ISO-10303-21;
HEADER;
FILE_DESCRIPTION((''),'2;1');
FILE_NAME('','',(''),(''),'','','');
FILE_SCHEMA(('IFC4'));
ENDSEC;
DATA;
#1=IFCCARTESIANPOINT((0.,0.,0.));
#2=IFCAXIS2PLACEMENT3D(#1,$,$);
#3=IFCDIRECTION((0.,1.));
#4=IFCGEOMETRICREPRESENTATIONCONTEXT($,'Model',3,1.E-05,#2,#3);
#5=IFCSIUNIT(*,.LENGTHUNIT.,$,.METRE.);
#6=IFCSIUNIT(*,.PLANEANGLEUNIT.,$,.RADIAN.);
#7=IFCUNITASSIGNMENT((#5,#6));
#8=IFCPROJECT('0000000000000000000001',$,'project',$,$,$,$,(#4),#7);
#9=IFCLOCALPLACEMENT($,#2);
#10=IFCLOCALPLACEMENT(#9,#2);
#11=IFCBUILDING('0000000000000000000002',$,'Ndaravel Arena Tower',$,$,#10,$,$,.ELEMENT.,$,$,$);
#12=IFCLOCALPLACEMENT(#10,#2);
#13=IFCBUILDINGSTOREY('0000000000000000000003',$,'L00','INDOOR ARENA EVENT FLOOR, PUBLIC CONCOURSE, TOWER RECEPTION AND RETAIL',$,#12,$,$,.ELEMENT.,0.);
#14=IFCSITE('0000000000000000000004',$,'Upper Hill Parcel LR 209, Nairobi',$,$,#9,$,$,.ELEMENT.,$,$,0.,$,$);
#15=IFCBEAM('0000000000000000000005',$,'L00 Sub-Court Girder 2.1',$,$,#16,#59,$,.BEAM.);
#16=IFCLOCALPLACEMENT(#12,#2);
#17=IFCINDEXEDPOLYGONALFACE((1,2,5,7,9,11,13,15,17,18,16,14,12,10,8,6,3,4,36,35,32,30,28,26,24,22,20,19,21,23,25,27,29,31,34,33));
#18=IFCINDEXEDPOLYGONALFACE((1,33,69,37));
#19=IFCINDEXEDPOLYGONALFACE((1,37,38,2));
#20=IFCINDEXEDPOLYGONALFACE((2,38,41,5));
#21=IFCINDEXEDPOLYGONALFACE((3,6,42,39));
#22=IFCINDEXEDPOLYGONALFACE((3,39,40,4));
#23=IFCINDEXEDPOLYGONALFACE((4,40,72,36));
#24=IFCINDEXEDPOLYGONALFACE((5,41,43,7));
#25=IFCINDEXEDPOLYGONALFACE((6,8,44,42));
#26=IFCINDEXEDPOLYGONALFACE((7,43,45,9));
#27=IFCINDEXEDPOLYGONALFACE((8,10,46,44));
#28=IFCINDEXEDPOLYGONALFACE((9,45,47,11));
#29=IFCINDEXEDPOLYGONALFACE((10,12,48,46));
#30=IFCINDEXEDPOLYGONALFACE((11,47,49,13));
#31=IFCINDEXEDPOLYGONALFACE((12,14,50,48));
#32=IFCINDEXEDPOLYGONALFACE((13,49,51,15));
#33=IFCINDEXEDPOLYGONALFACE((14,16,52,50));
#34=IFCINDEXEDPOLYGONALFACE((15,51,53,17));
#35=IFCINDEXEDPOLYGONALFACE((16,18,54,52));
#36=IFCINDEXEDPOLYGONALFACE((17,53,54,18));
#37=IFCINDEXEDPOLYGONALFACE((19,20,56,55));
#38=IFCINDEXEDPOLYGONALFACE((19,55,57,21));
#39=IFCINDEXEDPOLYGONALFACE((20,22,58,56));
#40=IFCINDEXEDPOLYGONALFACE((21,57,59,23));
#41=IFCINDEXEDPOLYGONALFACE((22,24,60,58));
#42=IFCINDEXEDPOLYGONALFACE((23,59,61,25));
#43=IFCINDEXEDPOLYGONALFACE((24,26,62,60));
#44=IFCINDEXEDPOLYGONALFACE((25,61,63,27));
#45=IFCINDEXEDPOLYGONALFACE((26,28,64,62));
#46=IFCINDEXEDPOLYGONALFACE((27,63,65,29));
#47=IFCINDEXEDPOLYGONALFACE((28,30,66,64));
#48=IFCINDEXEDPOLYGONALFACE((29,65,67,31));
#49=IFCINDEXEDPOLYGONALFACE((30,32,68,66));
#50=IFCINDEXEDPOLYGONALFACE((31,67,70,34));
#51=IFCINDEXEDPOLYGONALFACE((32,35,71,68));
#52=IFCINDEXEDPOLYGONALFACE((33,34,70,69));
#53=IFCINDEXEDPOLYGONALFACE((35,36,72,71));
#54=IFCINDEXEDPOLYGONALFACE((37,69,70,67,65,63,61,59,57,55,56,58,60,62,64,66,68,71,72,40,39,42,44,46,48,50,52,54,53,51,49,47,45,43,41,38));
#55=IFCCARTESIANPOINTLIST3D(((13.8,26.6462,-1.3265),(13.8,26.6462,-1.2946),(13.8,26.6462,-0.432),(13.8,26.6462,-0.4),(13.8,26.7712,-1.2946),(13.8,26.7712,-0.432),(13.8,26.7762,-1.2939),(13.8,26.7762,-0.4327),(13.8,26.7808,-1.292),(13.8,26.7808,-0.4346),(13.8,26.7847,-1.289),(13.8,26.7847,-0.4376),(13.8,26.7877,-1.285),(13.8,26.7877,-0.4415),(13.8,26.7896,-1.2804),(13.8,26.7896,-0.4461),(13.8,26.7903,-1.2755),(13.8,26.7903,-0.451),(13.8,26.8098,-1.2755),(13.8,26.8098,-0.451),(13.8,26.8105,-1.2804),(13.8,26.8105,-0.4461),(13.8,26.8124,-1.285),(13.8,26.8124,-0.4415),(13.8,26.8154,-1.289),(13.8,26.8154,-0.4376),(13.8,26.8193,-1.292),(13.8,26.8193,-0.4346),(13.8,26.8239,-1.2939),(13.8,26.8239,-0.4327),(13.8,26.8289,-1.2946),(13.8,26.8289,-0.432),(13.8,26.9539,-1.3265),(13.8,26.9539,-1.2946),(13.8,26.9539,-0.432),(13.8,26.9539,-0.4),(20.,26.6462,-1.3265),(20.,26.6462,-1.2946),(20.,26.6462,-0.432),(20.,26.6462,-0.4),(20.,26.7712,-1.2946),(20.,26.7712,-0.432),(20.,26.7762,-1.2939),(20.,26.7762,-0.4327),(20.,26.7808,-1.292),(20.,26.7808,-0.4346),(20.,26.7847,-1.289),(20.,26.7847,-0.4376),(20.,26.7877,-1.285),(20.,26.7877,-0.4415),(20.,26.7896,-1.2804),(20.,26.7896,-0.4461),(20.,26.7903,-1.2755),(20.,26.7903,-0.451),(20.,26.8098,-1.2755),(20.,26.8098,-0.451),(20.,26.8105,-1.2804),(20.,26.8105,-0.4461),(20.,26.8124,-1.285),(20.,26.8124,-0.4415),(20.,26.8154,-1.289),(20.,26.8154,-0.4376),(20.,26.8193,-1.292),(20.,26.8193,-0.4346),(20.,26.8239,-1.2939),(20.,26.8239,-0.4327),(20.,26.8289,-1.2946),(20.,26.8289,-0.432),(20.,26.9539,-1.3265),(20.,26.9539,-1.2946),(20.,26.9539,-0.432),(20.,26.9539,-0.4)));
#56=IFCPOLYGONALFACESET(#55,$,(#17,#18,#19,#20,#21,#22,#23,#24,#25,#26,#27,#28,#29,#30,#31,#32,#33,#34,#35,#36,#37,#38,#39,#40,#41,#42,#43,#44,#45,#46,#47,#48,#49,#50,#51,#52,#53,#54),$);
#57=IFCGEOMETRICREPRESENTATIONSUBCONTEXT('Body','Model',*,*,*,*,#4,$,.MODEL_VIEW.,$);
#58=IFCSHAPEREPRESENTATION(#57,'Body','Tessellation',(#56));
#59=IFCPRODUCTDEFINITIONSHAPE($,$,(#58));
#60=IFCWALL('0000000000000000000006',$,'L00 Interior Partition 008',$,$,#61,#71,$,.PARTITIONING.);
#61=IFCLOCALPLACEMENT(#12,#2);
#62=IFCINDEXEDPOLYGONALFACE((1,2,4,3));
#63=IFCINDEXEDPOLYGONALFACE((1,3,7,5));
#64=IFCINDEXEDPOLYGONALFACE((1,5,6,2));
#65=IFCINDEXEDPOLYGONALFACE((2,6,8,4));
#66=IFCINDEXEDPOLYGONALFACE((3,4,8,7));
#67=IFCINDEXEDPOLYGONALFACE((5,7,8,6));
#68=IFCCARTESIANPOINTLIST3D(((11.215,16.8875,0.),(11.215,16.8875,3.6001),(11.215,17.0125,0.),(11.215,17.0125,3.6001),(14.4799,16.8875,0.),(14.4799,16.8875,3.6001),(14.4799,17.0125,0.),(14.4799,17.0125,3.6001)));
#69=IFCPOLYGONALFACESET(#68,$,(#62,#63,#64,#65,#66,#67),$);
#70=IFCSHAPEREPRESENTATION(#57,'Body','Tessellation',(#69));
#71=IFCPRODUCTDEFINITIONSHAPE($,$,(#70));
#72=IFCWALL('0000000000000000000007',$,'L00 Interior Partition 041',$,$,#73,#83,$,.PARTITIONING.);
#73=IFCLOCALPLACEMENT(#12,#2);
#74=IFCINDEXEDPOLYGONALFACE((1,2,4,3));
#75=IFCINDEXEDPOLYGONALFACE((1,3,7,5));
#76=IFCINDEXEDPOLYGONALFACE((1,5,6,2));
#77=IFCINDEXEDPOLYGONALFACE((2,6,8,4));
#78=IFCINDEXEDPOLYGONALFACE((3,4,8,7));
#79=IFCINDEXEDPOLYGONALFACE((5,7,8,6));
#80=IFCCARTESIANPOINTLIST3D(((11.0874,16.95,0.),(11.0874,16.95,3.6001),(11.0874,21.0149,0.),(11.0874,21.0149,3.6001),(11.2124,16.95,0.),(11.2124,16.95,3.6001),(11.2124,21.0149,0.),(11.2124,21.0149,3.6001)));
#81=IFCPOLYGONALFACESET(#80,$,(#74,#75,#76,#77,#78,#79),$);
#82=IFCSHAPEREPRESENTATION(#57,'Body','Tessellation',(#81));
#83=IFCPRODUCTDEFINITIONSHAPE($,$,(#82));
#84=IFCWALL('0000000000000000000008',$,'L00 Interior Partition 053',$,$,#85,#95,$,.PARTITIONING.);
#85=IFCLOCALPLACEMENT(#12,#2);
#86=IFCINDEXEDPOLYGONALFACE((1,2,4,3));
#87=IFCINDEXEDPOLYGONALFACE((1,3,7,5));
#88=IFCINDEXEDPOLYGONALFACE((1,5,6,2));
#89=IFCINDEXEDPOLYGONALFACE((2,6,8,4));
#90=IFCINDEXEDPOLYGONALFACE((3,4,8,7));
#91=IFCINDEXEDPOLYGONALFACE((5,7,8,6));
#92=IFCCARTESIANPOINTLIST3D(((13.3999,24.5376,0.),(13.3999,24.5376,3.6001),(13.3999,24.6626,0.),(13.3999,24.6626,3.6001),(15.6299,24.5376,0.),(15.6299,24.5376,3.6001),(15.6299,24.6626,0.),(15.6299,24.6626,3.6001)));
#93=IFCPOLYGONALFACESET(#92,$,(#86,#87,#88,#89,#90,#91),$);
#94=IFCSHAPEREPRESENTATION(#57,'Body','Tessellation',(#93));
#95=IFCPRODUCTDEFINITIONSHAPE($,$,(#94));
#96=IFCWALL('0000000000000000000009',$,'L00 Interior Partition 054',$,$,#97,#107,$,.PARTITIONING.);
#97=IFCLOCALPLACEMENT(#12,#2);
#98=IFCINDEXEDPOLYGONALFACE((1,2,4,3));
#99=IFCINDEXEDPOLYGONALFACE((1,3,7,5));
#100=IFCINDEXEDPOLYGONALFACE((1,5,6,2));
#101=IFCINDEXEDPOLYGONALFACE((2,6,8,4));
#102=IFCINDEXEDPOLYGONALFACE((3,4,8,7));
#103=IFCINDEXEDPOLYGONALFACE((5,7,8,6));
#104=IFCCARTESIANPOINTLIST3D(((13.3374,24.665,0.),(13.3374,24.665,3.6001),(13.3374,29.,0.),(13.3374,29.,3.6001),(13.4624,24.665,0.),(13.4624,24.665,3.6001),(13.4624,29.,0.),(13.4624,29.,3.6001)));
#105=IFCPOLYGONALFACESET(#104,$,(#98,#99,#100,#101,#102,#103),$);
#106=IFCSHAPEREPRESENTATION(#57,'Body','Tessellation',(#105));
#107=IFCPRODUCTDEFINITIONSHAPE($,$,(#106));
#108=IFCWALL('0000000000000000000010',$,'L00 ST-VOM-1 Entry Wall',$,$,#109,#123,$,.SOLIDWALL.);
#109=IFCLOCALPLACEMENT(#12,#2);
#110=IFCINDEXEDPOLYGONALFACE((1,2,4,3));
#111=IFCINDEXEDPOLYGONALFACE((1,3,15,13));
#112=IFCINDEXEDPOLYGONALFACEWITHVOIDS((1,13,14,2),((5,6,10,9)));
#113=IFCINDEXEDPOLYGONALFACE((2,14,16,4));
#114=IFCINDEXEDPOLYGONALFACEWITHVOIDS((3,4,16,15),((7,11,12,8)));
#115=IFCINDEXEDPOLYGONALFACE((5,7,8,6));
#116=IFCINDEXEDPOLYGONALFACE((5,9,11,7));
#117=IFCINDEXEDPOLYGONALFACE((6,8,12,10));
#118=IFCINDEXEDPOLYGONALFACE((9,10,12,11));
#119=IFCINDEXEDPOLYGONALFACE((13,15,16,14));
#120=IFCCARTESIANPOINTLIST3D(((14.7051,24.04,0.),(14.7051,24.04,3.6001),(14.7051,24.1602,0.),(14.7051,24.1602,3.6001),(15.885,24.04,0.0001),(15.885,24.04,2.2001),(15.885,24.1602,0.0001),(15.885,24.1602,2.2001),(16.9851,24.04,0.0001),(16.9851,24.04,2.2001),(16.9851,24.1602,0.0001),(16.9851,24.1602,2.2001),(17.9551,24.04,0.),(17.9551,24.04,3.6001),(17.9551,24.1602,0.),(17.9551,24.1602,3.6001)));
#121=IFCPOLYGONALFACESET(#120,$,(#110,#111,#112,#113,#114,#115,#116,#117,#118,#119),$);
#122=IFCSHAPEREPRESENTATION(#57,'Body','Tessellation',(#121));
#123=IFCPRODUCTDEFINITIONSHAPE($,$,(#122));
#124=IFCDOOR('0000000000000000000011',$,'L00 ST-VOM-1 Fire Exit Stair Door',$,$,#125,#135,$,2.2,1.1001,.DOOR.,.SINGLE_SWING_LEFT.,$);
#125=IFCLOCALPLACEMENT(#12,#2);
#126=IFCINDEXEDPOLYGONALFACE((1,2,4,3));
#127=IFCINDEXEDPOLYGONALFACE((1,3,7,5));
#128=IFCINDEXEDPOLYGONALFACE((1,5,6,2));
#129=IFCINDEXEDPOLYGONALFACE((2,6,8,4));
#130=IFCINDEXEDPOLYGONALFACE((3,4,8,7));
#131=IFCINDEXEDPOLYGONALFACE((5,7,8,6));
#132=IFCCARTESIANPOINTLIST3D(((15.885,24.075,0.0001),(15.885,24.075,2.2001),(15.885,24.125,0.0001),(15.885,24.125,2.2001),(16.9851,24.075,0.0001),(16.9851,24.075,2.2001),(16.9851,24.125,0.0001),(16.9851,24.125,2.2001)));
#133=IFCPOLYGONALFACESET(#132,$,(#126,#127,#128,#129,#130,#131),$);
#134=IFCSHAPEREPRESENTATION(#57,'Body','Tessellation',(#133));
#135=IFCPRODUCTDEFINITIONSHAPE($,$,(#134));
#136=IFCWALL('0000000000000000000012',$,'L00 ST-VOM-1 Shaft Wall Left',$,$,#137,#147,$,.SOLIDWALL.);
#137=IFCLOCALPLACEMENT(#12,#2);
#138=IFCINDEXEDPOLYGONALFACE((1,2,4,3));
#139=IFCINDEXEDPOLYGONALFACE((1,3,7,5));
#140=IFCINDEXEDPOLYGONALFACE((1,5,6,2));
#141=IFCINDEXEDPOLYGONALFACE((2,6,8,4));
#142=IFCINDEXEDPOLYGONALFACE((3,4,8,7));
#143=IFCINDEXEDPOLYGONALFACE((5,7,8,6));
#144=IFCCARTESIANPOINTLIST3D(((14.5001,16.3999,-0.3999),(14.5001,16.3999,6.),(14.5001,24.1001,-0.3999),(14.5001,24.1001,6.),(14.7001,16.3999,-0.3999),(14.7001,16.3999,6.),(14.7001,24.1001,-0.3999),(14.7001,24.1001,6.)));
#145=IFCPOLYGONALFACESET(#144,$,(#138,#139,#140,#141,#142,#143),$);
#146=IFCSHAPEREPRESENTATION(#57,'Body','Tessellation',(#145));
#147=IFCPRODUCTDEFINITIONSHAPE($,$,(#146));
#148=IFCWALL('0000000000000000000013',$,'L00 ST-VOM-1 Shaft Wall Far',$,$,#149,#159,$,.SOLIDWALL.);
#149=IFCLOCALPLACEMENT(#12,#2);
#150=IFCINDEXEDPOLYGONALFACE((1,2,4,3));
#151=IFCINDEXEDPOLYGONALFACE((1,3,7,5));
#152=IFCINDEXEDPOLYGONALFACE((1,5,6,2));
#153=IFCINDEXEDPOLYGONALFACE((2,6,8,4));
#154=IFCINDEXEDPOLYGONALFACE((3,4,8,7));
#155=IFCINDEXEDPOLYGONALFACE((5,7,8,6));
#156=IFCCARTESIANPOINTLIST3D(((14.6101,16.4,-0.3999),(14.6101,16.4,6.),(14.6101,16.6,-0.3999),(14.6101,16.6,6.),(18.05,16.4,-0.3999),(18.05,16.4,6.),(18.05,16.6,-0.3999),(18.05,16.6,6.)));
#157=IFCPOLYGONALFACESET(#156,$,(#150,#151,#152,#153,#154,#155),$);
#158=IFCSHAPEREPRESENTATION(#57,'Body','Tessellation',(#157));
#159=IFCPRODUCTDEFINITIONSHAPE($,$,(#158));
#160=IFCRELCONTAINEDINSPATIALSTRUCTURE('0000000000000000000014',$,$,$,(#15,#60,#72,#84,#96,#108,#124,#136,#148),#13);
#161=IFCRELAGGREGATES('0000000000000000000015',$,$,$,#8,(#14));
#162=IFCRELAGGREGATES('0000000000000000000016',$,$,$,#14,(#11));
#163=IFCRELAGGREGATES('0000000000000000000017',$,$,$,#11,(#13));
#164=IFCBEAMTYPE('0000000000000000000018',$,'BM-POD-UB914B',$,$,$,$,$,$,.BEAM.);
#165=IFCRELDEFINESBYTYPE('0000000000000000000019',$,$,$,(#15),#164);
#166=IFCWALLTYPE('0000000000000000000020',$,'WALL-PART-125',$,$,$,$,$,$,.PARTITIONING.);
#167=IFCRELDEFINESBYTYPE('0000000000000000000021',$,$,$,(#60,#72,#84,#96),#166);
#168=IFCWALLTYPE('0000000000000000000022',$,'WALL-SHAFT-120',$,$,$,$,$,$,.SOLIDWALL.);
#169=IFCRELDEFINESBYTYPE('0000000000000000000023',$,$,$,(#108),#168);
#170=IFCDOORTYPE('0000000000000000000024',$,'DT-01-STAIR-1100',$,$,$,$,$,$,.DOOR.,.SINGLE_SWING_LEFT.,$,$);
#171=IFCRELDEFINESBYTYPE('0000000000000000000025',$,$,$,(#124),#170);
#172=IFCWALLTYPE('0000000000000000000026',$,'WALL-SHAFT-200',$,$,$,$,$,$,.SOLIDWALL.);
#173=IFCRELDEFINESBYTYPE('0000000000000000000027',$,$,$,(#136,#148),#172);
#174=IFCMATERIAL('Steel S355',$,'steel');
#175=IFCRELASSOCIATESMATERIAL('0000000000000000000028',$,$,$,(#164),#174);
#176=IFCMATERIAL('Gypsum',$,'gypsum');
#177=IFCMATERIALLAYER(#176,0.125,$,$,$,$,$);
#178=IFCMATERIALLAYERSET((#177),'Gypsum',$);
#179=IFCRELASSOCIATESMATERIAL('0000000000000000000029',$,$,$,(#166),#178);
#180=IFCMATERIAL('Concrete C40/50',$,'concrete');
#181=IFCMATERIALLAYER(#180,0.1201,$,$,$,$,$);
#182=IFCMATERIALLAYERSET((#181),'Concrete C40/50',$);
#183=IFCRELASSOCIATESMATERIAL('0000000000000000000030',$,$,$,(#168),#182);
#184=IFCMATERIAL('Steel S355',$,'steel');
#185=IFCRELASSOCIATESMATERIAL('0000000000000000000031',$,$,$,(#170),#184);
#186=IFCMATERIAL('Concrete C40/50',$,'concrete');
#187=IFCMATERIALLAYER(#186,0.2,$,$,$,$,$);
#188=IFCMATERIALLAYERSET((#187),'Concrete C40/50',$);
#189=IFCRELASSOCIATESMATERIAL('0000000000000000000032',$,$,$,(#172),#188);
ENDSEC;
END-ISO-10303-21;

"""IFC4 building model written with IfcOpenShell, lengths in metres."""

from ifc_helpers import new_model, si_unit, direction, frame, frame_2d, origin, origin_2d, place, context, subcontext, project, spatial, rectangle, i_section, extrude, material, layer, layer_set, material_profile, profile_set, type_object, element, fill, save


model = new_model("IFC4")

# Units and contexts
model_context = context("Model", 3, precision=1e-05, world=origin(), true_north=direction((0.0, 1.0)))
body_context = subcontext(model_context, "Body", "Model", "MODEL_VIEW")
ifc_project = project(units=[si_unit("LENGTHUNIT", "METRE"), si_unit("PLANEANGLEUNIT", "RADIAN")], contexts=[model_context])

# Site, building, storey
site_placement = place(None, origin())
site = spatial("IfcSite", under=ifc_project, at=site_placement, Name="Upper Hill Parcel LR 209, Nairobi", CompositionType="ELEMENT", RefElevation=0.0)
building_placement = place(site_placement, origin())
building = spatial("IfcBuilding", under=site, at=building_placement, Name="Ndaravel Arena Tower", CompositionType="ELEMENT")
storey_placement = place(building_placement, origin())
storey = spatial("IfcBuildingStorey", under=building, at=storey_placement, Name="L00", Description="INDOOR ARENA EVENT FLOOR, PUBLIC CONCOURSE, TOWER RECEPTION AND RETAIL", CompositionType="ELEMENT", Elevation=0.0)

# Beam
ifc_material_1 = material(Name="Steel S355", Category="steel")
ifc_material_profile_1 = material_profile(ifc_material_1, i_section(OverallWidth=0.3076, OverallDepth=0.9265, WebThickness=0.0195, FlangeThickness=0.032, FilletRadius=0.019, at=origin_2d()), Name="UB 914x305x289")
ifc_profile_set_1 = profile_set([ifc_material_profile_1], Name="Steel S355")
beam_type_1 = type_object("IfcBeamType", Name="BM-POD-UB914B", PredefinedType="BEAM", material=ifc_profile_set_1)
for number, where, z_axis, x_axis, name in (
    (1, (13.8, 26.8, -0.8633), (1.0, 0.0, 0.0), (0.0, 1.0, 0.0), "L00 Sub-Court Girder 2.1"),
):
    element("IfcBeam", number, at=place(storey_placement, frame(where, z_axis=z_axis, x_axis=x_axis)), inside=storey, type_object=beam_type_1, Name=name, PredefinedType="BEAM", context=body_context, shape_type="SweptSolid", body=[
        extrude(i_section(OverallWidth=0.3076, OverallDepth=0.9265, WebThickness=0.0195, FlangeThickness=0.032, FilletRadius=0.019, at=origin_2d()), origin(), (0.0, 0.0, 1.0), 6.2),
    ])

# Walls
ifc_material_2 = material(Name="Gypsum", Category="gypsum")
ifc_layer_1 = layer(ifc_material_2, 0.125)
ifc_layer_set_1 = layer_set([ifc_layer_1], Name="Gypsum")
wall_type_1 = type_object("IfcWallType", Name="WALL-PART-125", PredefinedType="PARTITIONING", material=ifc_layer_set_1)
wall_1_placement = place(storey_placement, frame((11.2151, 16.95, 0.0), z_axis=(0.0, 0.0, 1.0), x_axis=(1.0, 0.0, 0.0)))
element("IfcWall", 2, at=wall_1_placement, inside=storey, type_object=wall_type_1, Name="L00 Interior Partition 008", PredefinedType="PARTITIONING", context=body_context, shape_type="SweptSolid", body=[
    extrude(rectangle(XDim=3.2649, YDim=0.125, at=frame_2d((1.6323, 0.0))), origin(), (0.0, 0.0, 1.0), 3.6001),
])
wall_2_placement = place(storey_placement, frame((11.1499, 21.0149, 0.0), z_axis=(0.0, 0.0, 1.0), x_axis=(0.0, -1.0, 0.0)))
element("IfcWall", 3, at=wall_2_placement, inside=storey, type_object=wall_type_1, Name="L00 Interior Partition 041", PredefinedType="PARTITIONING", context=body_context, shape_type="SweptSolid", body=[
    extrude(rectangle(XDim=4.0649, YDim=0.125, at=frame_2d((2.0325, 0.0))), origin(), (0.0, 0.0, 1.0), 3.6001),
])
wall_3_placement = place(storey_placement, frame((15.6299, 24.6001, 0.0), z_axis=(0.0, 0.0, 1.0), x_axis=(-1.0, 0.0, 0.0)))
element("IfcWall", 4, at=wall_3_placement, inside=storey, type_object=wall_type_1, Name="L00 Interior Partition 053", PredefinedType="PARTITIONING", context=body_context, shape_type="SweptSolid", body=[
    extrude(rectangle(XDim=2.23, YDim=0.125, at=frame_2d((1.115, 0.0))), origin(), (0.0, 0.0, 1.0), 3.6001),
])
wall_4_placement = place(storey_placement, frame((13.3999, 24.665, 0.0), z_axis=(0.0, 0.0, 1.0), x_axis=(0.0, 1.0, 0.0)))
element("IfcWall", 5, at=wall_4_placement, inside=storey, type_object=wall_type_1, Name="L00 Interior Partition 054", PredefinedType="PARTITIONING", context=body_context, shape_type="SweptSolid", body=[
    extrude(rectangle(XDim=4.335, YDim=0.125, at=frame_2d((2.1675, 0.0))), origin(), (0.0, 0.0, 1.0), 3.6001),
])

# Wall, opening, door
ifc_material_3 = material(Name="Concrete C40/50", Category="concrete")
ifc_layer_2 = layer(ifc_material_3, 0.1201)
ifc_layer_set_2 = layer_set([ifc_layer_2], Name="Concrete C40/50")
wall_type_2 = type_object("IfcWallType", Name="WALL-SHAFT-120", PredefinedType="SOLIDWALL", material=ifc_layer_set_2)
wall_5_placement = place(storey_placement, frame((14.7051, 24.1001, 0.0), z_axis=(0.0, 0.0, 1.0), x_axis=(1.0, 0.0, 0.0)))
wall_5 = element("IfcWall", 6, at=wall_5_placement, inside=storey, type_object=wall_type_2, Name="L00 ST-VOM-1 Entry Wall", PredefinedType="SOLIDWALL", context=body_context, shape_type="SweptSolid", body=[
    extrude(rectangle(XDim=3.25, YDim=0.1201, at=frame_2d((1.625, 0.0))), origin(), (0.0, 0.0, 1.0), 3.6001),
])
opening_placement = place(wall_5_placement, frame((1.1799, 0.0, 0.0)))
opening = element("IfcOpeningElement", 7, at=opening_placement, cuts=wall_5, PredefinedType="OPENING", context=body_context, shape_type="SweptSolid", body=[
    extrude(rectangle(XDim=1.1001, YDim=2.2, at=frame_2d((0.55, 1.1001))), frame((0.0, 0.0601, 0.0), z_axis=(0.0, -1.0, 0.0), x_axis=(1.0, 0.0, 0.0)), (0.0, 0.0, 1.0), 0.1201),
])
ifc_material_4 = material(Name="Steel S355", Category="steel")
door_type = type_object("IfcDoorType", Name="DT-01-STAIR-1100", OperationType="SINGLE_SWING_LEFT", PredefinedType="DOOR", material=ifc_material_4)
door_placement = place(opening_placement, origin())
door = element("IfcDoor", 8, at=door_placement, inside=storey, type_object=door_type, Name="L00 ST-VOM-1 Fire Exit Stair Door", OperationType="SINGLE_SWING_LEFT", OverallHeight=2.2, OverallWidth=1.1001, PredefinedType="DOOR", context=body_context, shape_type="SweptSolid", body=[
    extrude(rectangle(XDim=1.1001, YDim=2.2, at=frame_2d((0.55, 1.1001))), frame((0.0, 0.0249, 0.0), z_axis=(0.0, -1.0, 0.0), x_axis=(1.0, 0.0, 0.0)), (0.0, 0.0, 1.0), 0.05),
])
fill(opening, door)

# Walls
ifc_material_5 = material(Name="Concrete C40/50", Category="concrete")
ifc_layer_3 = layer(ifc_material_5, 0.2)
ifc_layer_set_3 = layer_set([ifc_layer_3], Name="Concrete C40/50")
wall_type_3 = type_object("IfcWallType", Name="WALL-SHAFT-200", PredefinedType="SOLIDWALL", material=ifc_layer_set_3)
wall_6_placement = place(storey_placement, frame((14.6001, 24.1001, -0.3999), z_axis=(0.0, 0.0, 1.0), x_axis=(0.0, -1.0, 0.0)))
element("IfcWall", 9, at=wall_6_placement, inside=storey, type_object=wall_type_3, Name="L00 ST-VOM-1 Shaft Wall Left", PredefinedType="SOLIDWALL", context=body_context, shape_type="SweptSolid", body=[
    extrude(rectangle(XDim=7.7002, YDim=0.2, at=frame_2d((3.8501, 0.0))), origin(), (0.0, 0.0, 1.0), 6.3999),
])
wall_7_placement = place(storey_placement, frame((14.6101, 16.5, -0.3999), z_axis=(0.0, 0.0, 1.0), x_axis=(1.0, 0.0, 0.0)))
element("IfcWall", 10, at=wall_7_placement, inside=storey, type_object=wall_type_3, Name="L00 ST-VOM-1 Shaft Wall Far", PredefinedType="SOLIDWALL", context=body_context, shape_type="SweptSolid", body=[
    extrude(rectangle(XDim=3.4399, YDim=0.2, at=frame_2d((1.72, 0.0))), origin(), (0.0, 0.0, 1.0), 6.3999),
])

save(model, "model.ifc")
